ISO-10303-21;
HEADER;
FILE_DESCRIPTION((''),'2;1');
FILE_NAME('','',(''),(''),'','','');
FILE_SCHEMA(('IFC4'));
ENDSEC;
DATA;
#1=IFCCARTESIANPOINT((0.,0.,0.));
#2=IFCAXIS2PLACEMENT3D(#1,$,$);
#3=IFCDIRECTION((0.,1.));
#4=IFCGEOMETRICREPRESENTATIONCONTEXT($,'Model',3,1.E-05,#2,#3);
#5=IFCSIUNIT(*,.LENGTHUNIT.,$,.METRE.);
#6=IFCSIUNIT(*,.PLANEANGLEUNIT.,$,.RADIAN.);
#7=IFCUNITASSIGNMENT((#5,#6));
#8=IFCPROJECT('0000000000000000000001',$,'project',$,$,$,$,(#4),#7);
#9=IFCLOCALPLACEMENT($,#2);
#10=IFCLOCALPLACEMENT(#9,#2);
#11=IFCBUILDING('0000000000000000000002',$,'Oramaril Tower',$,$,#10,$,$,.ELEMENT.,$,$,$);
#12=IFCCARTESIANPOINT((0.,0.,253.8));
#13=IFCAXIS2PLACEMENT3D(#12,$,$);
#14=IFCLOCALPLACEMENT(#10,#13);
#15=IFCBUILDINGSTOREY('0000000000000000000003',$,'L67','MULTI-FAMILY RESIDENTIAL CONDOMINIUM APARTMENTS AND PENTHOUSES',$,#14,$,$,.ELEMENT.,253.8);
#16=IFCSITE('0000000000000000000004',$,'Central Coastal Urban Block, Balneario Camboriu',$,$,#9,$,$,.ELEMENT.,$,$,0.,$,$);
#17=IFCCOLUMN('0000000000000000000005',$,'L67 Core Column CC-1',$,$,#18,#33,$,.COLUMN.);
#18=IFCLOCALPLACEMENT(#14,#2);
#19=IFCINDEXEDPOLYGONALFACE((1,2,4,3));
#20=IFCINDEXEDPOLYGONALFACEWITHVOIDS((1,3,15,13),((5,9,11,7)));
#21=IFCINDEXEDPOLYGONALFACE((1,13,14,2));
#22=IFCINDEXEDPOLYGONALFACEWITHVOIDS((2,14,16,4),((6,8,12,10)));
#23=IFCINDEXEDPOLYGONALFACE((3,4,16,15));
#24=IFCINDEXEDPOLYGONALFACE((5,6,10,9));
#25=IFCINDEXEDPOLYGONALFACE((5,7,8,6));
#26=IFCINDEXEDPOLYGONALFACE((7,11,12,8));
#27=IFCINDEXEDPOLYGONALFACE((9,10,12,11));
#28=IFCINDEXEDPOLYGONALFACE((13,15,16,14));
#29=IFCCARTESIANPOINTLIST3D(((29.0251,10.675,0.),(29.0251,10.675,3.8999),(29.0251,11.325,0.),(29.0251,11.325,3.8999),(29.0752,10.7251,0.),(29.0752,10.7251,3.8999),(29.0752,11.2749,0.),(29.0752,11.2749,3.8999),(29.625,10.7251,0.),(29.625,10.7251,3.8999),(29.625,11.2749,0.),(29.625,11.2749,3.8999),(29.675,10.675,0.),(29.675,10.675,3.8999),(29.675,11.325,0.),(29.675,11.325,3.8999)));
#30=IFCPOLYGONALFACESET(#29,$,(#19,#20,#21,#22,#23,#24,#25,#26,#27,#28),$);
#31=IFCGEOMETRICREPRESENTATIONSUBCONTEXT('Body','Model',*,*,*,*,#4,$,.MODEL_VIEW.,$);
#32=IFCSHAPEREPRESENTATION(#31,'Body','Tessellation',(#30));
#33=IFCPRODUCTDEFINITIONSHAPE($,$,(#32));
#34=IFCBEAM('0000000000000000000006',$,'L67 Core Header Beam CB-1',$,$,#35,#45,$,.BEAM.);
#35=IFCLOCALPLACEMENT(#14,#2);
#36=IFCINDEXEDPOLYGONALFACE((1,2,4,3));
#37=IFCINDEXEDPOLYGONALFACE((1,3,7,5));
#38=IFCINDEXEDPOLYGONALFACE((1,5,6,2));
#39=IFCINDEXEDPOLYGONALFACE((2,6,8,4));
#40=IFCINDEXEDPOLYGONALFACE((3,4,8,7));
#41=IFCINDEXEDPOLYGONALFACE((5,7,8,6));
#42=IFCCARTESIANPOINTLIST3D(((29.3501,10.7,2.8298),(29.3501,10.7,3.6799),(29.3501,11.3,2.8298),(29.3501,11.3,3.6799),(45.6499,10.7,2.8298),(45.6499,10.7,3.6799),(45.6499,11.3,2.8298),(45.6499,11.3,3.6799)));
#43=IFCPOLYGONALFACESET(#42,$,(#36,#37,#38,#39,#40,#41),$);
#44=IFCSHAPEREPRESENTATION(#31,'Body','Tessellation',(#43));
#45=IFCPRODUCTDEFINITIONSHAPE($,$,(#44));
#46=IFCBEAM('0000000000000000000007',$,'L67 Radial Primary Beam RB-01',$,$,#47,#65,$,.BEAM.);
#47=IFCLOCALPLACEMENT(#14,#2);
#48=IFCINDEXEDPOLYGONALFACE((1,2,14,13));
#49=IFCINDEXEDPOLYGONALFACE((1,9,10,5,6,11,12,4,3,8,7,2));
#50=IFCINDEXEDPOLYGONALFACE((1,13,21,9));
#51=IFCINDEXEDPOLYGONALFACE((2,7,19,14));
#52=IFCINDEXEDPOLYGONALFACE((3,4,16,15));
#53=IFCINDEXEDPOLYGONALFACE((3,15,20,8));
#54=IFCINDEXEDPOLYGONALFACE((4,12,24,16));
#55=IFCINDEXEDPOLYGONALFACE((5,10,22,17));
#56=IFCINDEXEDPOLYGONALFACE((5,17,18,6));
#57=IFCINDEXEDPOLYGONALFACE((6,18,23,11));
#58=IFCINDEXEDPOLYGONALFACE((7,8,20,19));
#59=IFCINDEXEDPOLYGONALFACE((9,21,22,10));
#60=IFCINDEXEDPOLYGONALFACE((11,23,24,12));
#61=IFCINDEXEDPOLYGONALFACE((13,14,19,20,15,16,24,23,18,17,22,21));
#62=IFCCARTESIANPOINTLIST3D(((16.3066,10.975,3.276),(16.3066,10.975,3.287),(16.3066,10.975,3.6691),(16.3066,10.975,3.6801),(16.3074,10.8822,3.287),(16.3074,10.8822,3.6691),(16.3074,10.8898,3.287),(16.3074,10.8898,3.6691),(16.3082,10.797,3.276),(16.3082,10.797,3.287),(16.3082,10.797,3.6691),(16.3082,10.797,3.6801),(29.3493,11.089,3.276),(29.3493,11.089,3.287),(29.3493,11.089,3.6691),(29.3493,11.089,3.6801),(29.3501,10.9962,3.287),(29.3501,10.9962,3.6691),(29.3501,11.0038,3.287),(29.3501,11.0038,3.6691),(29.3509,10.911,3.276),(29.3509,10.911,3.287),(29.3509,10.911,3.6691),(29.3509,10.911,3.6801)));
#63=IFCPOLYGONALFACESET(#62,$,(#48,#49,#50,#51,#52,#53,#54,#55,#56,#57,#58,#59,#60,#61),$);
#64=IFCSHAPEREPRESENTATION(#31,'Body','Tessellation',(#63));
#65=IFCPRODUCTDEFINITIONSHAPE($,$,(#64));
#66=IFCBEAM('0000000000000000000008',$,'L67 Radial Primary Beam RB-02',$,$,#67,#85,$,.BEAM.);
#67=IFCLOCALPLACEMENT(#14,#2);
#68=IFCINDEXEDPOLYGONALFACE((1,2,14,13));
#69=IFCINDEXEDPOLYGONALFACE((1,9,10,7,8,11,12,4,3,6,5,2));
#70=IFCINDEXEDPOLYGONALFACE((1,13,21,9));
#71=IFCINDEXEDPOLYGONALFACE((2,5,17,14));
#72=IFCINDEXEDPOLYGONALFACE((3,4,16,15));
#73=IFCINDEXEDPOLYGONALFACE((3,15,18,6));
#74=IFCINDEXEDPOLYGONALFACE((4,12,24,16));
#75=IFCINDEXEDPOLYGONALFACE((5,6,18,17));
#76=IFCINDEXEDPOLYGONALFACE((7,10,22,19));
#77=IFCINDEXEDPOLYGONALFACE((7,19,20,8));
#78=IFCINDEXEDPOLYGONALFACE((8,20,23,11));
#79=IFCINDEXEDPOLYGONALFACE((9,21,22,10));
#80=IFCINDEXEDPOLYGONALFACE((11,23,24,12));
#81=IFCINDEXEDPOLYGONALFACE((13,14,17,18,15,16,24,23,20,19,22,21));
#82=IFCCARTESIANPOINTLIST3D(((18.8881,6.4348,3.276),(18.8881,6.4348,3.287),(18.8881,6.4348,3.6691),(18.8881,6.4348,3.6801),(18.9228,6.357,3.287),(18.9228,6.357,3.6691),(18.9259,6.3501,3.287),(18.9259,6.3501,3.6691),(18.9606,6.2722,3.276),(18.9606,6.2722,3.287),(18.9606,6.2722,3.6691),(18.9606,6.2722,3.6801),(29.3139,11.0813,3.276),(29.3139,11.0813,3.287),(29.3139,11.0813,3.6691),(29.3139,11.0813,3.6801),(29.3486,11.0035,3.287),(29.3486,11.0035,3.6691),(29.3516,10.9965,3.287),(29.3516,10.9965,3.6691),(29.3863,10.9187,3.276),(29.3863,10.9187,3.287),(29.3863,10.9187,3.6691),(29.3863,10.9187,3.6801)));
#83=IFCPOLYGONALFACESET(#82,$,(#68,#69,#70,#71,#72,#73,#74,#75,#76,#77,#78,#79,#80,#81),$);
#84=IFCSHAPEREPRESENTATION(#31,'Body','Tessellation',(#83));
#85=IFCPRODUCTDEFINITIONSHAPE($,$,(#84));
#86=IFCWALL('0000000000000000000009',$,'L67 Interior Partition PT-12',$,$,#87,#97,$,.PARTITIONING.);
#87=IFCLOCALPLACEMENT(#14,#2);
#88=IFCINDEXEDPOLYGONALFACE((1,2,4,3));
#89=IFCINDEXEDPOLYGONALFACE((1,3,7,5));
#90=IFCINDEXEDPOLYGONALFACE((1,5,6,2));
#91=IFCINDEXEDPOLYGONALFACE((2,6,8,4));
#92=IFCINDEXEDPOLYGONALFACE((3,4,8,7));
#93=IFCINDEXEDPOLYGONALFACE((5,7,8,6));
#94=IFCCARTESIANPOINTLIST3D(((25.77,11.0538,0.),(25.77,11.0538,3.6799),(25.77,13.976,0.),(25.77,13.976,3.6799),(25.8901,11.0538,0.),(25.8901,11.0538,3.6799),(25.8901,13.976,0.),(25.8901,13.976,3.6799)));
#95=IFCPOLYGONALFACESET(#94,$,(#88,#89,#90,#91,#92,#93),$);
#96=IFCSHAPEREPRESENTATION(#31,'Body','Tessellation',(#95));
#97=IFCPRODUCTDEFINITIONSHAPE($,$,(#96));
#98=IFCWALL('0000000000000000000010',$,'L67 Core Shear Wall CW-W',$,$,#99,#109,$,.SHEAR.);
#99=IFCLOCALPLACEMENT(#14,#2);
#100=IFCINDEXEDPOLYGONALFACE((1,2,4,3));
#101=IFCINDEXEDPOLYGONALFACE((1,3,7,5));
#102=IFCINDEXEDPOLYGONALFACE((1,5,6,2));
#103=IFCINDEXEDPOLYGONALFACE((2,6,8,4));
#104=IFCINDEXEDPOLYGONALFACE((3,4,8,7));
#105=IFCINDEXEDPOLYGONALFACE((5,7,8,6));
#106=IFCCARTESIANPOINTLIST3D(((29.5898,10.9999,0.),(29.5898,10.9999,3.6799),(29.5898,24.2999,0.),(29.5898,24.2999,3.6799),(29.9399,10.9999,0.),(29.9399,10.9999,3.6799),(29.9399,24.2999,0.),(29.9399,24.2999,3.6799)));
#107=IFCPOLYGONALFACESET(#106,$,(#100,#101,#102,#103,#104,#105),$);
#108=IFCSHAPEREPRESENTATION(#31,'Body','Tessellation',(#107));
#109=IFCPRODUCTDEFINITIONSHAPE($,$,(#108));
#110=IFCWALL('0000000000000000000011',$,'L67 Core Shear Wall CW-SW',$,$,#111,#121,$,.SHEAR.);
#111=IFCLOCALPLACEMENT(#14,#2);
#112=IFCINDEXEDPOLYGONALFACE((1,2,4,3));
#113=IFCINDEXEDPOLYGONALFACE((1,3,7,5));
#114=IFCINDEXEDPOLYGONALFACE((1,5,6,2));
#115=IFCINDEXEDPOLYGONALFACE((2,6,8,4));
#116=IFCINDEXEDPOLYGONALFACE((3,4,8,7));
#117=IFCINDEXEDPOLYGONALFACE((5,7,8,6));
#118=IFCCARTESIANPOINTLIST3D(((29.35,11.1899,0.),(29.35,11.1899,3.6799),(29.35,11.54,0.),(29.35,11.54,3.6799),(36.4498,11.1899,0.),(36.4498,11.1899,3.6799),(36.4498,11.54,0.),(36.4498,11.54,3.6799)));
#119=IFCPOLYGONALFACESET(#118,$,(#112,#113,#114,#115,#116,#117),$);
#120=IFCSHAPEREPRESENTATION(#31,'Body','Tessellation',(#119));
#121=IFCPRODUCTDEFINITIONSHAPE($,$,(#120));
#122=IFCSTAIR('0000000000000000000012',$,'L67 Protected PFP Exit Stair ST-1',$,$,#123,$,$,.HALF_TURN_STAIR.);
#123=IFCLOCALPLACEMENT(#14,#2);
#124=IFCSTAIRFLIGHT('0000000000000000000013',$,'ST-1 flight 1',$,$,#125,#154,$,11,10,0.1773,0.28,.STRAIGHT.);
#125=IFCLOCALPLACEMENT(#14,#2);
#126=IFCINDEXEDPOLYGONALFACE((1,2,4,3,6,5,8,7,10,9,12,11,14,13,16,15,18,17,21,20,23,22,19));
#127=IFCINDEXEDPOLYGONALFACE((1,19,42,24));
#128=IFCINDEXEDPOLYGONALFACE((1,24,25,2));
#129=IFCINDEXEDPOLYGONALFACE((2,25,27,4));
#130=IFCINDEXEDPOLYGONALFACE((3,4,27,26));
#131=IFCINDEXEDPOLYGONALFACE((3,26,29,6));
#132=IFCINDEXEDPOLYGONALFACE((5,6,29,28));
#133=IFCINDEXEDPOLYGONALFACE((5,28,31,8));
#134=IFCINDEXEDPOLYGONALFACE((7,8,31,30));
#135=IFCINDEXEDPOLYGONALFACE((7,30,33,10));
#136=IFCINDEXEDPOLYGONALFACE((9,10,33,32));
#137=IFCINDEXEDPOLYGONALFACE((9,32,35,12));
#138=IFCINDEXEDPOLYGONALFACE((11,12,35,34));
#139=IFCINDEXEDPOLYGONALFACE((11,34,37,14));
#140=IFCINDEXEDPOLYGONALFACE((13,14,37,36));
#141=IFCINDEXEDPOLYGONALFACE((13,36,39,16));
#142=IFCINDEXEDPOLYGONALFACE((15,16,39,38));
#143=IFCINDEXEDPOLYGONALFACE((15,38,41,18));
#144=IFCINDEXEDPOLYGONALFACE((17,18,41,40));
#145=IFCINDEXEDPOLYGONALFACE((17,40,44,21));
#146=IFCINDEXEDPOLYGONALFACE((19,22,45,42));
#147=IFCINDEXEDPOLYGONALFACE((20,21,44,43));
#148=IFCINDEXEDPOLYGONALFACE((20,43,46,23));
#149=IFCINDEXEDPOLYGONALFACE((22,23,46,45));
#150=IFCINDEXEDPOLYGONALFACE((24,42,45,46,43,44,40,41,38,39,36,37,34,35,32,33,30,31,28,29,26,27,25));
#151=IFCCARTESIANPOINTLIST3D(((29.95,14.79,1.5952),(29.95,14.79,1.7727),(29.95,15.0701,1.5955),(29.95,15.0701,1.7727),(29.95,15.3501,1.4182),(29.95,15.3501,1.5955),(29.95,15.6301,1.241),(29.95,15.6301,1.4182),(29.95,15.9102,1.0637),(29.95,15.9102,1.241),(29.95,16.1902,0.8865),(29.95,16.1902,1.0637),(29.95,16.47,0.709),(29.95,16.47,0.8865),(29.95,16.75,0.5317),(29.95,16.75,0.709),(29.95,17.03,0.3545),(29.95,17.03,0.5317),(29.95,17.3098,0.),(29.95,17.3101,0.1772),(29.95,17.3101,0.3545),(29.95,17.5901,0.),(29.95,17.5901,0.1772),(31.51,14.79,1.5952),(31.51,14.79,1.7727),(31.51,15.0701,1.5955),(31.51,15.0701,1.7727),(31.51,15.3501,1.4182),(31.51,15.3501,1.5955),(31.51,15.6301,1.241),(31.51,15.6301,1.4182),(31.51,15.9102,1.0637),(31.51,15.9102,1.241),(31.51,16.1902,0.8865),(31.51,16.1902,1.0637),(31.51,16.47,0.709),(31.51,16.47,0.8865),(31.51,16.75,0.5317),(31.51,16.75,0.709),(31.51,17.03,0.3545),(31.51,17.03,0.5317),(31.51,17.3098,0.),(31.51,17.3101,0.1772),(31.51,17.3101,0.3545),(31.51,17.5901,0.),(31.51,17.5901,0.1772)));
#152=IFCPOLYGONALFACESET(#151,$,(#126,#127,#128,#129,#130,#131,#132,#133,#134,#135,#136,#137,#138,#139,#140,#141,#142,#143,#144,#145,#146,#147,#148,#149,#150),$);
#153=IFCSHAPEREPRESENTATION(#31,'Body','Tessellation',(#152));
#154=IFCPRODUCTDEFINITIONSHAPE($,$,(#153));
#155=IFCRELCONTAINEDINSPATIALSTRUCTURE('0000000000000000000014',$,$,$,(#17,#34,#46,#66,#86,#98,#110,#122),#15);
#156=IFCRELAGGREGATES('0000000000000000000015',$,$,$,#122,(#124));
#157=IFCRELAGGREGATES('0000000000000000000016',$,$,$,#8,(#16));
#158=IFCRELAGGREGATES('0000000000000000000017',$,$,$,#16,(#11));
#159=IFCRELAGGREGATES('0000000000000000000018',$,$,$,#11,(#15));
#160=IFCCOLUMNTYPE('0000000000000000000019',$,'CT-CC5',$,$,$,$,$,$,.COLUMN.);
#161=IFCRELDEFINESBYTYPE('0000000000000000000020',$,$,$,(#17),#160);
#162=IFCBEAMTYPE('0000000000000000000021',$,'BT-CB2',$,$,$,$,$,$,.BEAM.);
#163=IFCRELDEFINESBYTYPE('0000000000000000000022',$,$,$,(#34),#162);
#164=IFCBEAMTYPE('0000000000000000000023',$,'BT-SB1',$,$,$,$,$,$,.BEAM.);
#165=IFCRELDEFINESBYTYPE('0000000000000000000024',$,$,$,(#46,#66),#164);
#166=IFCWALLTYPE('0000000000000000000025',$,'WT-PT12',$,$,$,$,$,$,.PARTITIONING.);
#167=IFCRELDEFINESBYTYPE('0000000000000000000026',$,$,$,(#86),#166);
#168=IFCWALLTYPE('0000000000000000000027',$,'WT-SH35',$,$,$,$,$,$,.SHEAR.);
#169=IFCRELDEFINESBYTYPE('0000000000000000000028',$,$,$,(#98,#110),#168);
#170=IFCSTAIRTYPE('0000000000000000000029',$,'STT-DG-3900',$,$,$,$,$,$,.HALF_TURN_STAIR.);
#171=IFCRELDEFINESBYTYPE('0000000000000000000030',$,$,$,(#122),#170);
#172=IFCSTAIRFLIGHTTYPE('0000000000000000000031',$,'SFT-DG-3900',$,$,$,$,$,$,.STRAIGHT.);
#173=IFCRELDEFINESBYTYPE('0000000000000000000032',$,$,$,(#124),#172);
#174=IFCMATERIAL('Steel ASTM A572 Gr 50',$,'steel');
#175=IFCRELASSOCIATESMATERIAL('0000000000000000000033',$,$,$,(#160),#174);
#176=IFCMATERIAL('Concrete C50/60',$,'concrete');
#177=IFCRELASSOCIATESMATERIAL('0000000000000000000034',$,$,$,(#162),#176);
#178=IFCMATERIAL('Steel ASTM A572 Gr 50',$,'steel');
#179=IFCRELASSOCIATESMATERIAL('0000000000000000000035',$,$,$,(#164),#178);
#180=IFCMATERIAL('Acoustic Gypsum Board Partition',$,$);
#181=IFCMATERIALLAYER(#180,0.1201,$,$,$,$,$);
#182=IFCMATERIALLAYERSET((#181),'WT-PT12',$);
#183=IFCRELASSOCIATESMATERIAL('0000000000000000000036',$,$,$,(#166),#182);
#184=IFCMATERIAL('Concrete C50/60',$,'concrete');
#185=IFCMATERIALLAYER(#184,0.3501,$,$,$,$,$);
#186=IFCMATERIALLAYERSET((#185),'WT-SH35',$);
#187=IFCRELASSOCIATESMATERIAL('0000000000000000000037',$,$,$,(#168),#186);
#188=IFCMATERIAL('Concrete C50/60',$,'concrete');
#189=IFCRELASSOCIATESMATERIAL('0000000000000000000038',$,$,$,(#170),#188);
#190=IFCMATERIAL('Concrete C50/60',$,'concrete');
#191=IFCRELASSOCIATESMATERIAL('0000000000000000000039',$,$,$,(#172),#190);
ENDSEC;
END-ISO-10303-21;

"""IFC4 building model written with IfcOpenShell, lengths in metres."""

from ifc_helpers import new_model, si_unit, direction, frame, frame_2d, origin, origin_2d, place, context, subcontext, project, spatial, polyline, rectangle, hollow_rectangle, i_section, outline, extrude, material, layer, layer_set, material_profile, profile_set, type_object, element, aggregate, save


model = new_model("IFC4")

# Units and contexts
model_context = context("Model", 3, precision=1e-05, world=origin(), true_north=direction((0.0, 1.0)))
body_context = subcontext(model_context, "Body", "Model", "MODEL_VIEW")
ifc_project = project(units=[si_unit("LENGTHUNIT", "METRE"), si_unit("PLANEANGLEUNIT", "RADIAN")], contexts=[model_context])

# Site, building, storey
site_placement = place(None, origin())
site = spatial("IfcSite", under=ifc_project, at=site_placement, Name="Central Coastal Urban Block, Balneario Camboriu", CompositionType="ELEMENT", RefElevation=0.0)
building_placement = place(site_placement, origin())
building = spatial("IfcBuilding", under=site, at=building_placement, Name="Oramaril Tower", CompositionType="ELEMENT")
storey_placement = place(building_placement, frame((0.0, 0.0, 253.8)))
storey = spatial("IfcBuildingStorey", under=building, at=storey_placement, Name="L67", Description="MULTI-FAMILY RESIDENTIAL CONDOMINIUM APARTMENTS AND PENTHOUSES", CompositionType="ELEMENT", Elevation=253.8)

# Column
ifc_material_1 = material(Name="Steel ASTM A572 Gr 50", Category="steel")
ifc_material_profile_1 = material_profile(ifc_material_1, hollow_rectangle(XDim=0.6499, YDim=0.6499, WallThickness=0.05, at=origin_2d()), Name="BOX650X650X50")
ifc_profile_set_1 = profile_set([ifc_material_profile_1], Name="Steel ASTM A572 Gr 50")
column_type = type_object("IfcColumnType", Name="CT-CC5", PredefinedType="COLUMN", material=ifc_profile_set_1)
column_placement = place(storey_placement, frame((29.3501, 11.0, 0.0), z_axis=(0.0, 0.0, 1.0), x_axis=(1.0, 0.0, 0.0)))
element("IfcColumn", 1, at=column_placement, inside=storey, type_object=column_type, Name="L67 Core Column CC-1", PredefinedType="COLUMN", context=body_context, shape_type="SweptSolid", body=[
    extrude(hollow_rectangle(XDim=0.6499, YDim=0.6499, WallThickness=0.05, at=origin_2d()), origin(), (0.0, 0.0, 1.0), 3.8999),
])

# Beams
ifc_material_2 = material(Name="Concrete C50/60", Category="concrete")
ifc_material_profile_2 = material_profile(ifc_material_2, rectangle(XDim=0.6001, YDim=0.8501, at=origin_2d()), Name="CB600X850")
ifc_profile_set_2 = profile_set([ifc_material_profile_2], Name="Concrete C50/60")
beam_type_1 = type_object("IfcBeamType", Name="BT-CB2", PredefinedType="BEAM", material=ifc_profile_set_2)
beam_1_placement = place(storey_placement, frame((29.3501, 11.0, 3.2549), z_axis=(1.0, 0.0, 0.0), x_axis=(0.0, 1.0, 0.0)))
element("IfcBeam", 2, at=beam_1_placement, inside=storey, type_object=beam_type_1, Name="L67 Core Header Beam CB-1", PredefinedType="BEAM", context=body_context, shape_type="SweptSolid", body=[
    extrude(rectangle(XDim=0.6001, YDim=0.8501, at=origin_2d()), origin(), (0.0, 0.0, 1.0), 16.2998),
])
ifc_material_3 = material(Name="Steel ASTM A572 Gr 50", Category="steel")
ifc_material_profile_3 = material_profile(ifc_material_3, i_section(OverallWidth=0.178, OverallDepth=0.4041, WebThickness=0.0076, FlangeThickness=0.011, at=origin_2d()), Name="W16X36")
ifc_profile_set_3 = profile_set([ifc_material_profile_3], Name="Steel ASTM A572 Gr 50")
beam_type_2 = type_object("IfcBeamType", Name="BT-SB1", PredefinedType="BEAM", material=ifc_profile_set_3)
beam_2_placement = place(storey_placement, frame((29.3501, 11.0, 3.478), z_axis=(-0.999962, -0.008741, 0.0), x_axis=(0.008741, -0.999962, 0.0)))
element("IfcBeam", 3, at=beam_2_placement, inside=storey, type_object=beam_type_2, Name="L67 Radial Primary Beam RB-01", PredefinedType="BEAM", context=body_context, shape_type="SweptSolid", body=[
    extrude(i_section(OverallWidth=0.178, OverallDepth=0.4041, WebThickness=0.0076, FlangeThickness=0.011, at=origin_2d()), origin(), (0.0, 0.0, 1.0), 13.0432),
])
beam_3_placement = place(storey_placement, frame((29.3501, 11.0, 3.478), z_axis=(-0.913395, -0.407075, 0.0), x_axis=(0.407075, -0.913395, 0.0)))
element("IfcBeam", 4, at=beam_3_placement, inside=storey, type_object=beam_type_2, Name="L67 Radial Primary Beam RB-02", PredefinedType="BEAM", context=body_context, shape_type="SweptSolid", body=[
    extrude(i_section(OverallWidth=0.178, OverallDepth=0.4041, WebThickness=0.0076, FlangeThickness=0.011, at=origin_2d()), origin(), (0.0, 0.0, 1.0), 11.4143),
])

# Wall
ifc_material_4 = material(Name="Acoustic Gypsum Board Partition")
ifc_layer_1 = layer(ifc_material_4, 0.1201)
ifc_layer_set_1 = layer_set([ifc_layer_1], Name="WT-PT12")
wall_type_1 = type_object("IfcWallType", Name="WT-PT12", PredefinedType="PARTITIONING", material=ifc_layer_set_1)
wall_1_placement = place(storey_placement, frame((25.8301, 11.054, 0.0), z_axis=(0.0, 0.0, 1.0), x_axis=(0.0, 1.0, 0.0)))
element("IfcWall", 5, at=wall_1_placement, inside=storey, type_object=wall_type_1, Name="L67 Interior Partition PT-12", PredefinedType="PARTITIONING", context=body_context, shape_type="SweptSolid", body=[
    extrude(rectangle(XDim=2.9221, YDim=0.1201, at=frame_2d((1.4609, 0.0))), origin(), (0.0, 0.0, 1.0), 3.6799),
])

# Walls
ifc_material_5 = material(Name="Concrete C50/60", Category="concrete")
ifc_layer_2 = layer(ifc_material_5, 0.3501)
ifc_layer_set_2 = layer_set([ifc_layer_2], Name="WT-SH35")
wall_type_2 = type_object("IfcWallType", Name="WT-SH35", PredefinedType="SHEAR", material=ifc_layer_set_2)
wall_2_placement = place(storey_placement, frame((29.7649, 11.0, 0.0), z_axis=(0.0, 0.0, 1.0), x_axis=(0.0, 1.0, 0.0)))
element("IfcWall", 6, at=wall_2_placement, inside=storey, type_object=wall_type_2, Name="L67 Core Shear Wall CW-W", PredefinedType="SHEAR", context=body_context, shape_type="SweptSolid", body=[
    extrude(rectangle(XDim=13.3, YDim=0.3501, at=frame_2d((6.6499, 0.0))), origin(), (0.0, 0.0, 1.0), 3.6799),
])
wall_3_placement = place(storey_placement, frame((29.3501, 11.365, 0.0), z_axis=(0.0, 0.0, 1.0), x_axis=(1.0, 0.0, 0.0)))
element("IfcWall", 7, at=wall_3_placement, inside=storey, type_object=wall_type_2, Name="L67 Core Shear Wall CW-SW", PredefinedType="SHEAR", context=body_context, shape_type="SweptSolid", body=[
    extrude(rectangle(XDim=7.0999, YDim=0.3501, at=frame_2d((3.5498, 0.0))), origin(), (0.0, 0.0, 1.0), 3.6799),
])

# Stair, stair flight
ifc_material_6 = material(Name="Concrete C50/60", Category="concrete")
stair_type = type_object("IfcStairType", Name="STT-DG-3900", PredefinedType="HALF_TURN_STAIR", material=ifc_material_6)
stair_placement = place(storey_placement, origin())
stair = element("IfcStair", 8, at=stair_placement, inside=storey, type_object=stair_type, Name="L67 Protected PFP Exit Stair ST-1", PredefinedType="HALF_TURN_STAIR")
ifc_material_7 = material(Name="Concrete C50/60", Category="concrete")
stair_flight_type = type_object("IfcStairFlightType", Name="SFT-DG-3900", PredefinedType="STRAIGHT", material=ifc_material_7)
stair_flight_1_placement = place(storey_placement, frame((30.73, 17.5901, 0.0), z_axis=(0.0, 0.0, 1.0), x_axis=(0.0, -1.0, 0.0)))
stair_flight_1 = element("IfcStairFlight", 9, at=stair_flight_1_placement, type_object=stair_flight_type, Name="ST-1 flight 1", NumberOfRisers=11, NumberOfTreads=10, PredefinedType="STRAIGHT", RiserHeight=0.1773, TreadLength=0.28, context=body_context, shape_type="SweptSolid", body=[
    extrude(outline(polyline([(0.0, 0.0), (0.0, 0.1772), (0.28, 0.1772), (0.28, 0.3545), (0.5601, 0.3545), (0.5601, 0.5317), (0.8401, 0.5317), (0.8401, 0.709), (1.1201, 0.709), (1.1201, 0.8865), (1.3999, 0.8865), (1.3999, 1.0637), (1.6799, 1.0637), (1.6799, 1.241), (1.96, 1.241), (1.96, 1.4182), (2.24, 1.4182), (2.24, 1.5955), (2.52, 1.5955), (2.52, 1.7727), (2.8, 1.7727), (2.8, 1.95), (2.8, 1.5952), (0.2803, 0.0), (0.0, 0.0)])), frame((0.0, 0.78, 0.0), z_axis=(0.0, -1.0, 0.0), x_axis=(1.0, 0.0, 0.0)), (0.0, 0.0, 1.0), 1.5601),
])
aggregate(stair, [stair_flight_1])

save(model, "model.ifc")
